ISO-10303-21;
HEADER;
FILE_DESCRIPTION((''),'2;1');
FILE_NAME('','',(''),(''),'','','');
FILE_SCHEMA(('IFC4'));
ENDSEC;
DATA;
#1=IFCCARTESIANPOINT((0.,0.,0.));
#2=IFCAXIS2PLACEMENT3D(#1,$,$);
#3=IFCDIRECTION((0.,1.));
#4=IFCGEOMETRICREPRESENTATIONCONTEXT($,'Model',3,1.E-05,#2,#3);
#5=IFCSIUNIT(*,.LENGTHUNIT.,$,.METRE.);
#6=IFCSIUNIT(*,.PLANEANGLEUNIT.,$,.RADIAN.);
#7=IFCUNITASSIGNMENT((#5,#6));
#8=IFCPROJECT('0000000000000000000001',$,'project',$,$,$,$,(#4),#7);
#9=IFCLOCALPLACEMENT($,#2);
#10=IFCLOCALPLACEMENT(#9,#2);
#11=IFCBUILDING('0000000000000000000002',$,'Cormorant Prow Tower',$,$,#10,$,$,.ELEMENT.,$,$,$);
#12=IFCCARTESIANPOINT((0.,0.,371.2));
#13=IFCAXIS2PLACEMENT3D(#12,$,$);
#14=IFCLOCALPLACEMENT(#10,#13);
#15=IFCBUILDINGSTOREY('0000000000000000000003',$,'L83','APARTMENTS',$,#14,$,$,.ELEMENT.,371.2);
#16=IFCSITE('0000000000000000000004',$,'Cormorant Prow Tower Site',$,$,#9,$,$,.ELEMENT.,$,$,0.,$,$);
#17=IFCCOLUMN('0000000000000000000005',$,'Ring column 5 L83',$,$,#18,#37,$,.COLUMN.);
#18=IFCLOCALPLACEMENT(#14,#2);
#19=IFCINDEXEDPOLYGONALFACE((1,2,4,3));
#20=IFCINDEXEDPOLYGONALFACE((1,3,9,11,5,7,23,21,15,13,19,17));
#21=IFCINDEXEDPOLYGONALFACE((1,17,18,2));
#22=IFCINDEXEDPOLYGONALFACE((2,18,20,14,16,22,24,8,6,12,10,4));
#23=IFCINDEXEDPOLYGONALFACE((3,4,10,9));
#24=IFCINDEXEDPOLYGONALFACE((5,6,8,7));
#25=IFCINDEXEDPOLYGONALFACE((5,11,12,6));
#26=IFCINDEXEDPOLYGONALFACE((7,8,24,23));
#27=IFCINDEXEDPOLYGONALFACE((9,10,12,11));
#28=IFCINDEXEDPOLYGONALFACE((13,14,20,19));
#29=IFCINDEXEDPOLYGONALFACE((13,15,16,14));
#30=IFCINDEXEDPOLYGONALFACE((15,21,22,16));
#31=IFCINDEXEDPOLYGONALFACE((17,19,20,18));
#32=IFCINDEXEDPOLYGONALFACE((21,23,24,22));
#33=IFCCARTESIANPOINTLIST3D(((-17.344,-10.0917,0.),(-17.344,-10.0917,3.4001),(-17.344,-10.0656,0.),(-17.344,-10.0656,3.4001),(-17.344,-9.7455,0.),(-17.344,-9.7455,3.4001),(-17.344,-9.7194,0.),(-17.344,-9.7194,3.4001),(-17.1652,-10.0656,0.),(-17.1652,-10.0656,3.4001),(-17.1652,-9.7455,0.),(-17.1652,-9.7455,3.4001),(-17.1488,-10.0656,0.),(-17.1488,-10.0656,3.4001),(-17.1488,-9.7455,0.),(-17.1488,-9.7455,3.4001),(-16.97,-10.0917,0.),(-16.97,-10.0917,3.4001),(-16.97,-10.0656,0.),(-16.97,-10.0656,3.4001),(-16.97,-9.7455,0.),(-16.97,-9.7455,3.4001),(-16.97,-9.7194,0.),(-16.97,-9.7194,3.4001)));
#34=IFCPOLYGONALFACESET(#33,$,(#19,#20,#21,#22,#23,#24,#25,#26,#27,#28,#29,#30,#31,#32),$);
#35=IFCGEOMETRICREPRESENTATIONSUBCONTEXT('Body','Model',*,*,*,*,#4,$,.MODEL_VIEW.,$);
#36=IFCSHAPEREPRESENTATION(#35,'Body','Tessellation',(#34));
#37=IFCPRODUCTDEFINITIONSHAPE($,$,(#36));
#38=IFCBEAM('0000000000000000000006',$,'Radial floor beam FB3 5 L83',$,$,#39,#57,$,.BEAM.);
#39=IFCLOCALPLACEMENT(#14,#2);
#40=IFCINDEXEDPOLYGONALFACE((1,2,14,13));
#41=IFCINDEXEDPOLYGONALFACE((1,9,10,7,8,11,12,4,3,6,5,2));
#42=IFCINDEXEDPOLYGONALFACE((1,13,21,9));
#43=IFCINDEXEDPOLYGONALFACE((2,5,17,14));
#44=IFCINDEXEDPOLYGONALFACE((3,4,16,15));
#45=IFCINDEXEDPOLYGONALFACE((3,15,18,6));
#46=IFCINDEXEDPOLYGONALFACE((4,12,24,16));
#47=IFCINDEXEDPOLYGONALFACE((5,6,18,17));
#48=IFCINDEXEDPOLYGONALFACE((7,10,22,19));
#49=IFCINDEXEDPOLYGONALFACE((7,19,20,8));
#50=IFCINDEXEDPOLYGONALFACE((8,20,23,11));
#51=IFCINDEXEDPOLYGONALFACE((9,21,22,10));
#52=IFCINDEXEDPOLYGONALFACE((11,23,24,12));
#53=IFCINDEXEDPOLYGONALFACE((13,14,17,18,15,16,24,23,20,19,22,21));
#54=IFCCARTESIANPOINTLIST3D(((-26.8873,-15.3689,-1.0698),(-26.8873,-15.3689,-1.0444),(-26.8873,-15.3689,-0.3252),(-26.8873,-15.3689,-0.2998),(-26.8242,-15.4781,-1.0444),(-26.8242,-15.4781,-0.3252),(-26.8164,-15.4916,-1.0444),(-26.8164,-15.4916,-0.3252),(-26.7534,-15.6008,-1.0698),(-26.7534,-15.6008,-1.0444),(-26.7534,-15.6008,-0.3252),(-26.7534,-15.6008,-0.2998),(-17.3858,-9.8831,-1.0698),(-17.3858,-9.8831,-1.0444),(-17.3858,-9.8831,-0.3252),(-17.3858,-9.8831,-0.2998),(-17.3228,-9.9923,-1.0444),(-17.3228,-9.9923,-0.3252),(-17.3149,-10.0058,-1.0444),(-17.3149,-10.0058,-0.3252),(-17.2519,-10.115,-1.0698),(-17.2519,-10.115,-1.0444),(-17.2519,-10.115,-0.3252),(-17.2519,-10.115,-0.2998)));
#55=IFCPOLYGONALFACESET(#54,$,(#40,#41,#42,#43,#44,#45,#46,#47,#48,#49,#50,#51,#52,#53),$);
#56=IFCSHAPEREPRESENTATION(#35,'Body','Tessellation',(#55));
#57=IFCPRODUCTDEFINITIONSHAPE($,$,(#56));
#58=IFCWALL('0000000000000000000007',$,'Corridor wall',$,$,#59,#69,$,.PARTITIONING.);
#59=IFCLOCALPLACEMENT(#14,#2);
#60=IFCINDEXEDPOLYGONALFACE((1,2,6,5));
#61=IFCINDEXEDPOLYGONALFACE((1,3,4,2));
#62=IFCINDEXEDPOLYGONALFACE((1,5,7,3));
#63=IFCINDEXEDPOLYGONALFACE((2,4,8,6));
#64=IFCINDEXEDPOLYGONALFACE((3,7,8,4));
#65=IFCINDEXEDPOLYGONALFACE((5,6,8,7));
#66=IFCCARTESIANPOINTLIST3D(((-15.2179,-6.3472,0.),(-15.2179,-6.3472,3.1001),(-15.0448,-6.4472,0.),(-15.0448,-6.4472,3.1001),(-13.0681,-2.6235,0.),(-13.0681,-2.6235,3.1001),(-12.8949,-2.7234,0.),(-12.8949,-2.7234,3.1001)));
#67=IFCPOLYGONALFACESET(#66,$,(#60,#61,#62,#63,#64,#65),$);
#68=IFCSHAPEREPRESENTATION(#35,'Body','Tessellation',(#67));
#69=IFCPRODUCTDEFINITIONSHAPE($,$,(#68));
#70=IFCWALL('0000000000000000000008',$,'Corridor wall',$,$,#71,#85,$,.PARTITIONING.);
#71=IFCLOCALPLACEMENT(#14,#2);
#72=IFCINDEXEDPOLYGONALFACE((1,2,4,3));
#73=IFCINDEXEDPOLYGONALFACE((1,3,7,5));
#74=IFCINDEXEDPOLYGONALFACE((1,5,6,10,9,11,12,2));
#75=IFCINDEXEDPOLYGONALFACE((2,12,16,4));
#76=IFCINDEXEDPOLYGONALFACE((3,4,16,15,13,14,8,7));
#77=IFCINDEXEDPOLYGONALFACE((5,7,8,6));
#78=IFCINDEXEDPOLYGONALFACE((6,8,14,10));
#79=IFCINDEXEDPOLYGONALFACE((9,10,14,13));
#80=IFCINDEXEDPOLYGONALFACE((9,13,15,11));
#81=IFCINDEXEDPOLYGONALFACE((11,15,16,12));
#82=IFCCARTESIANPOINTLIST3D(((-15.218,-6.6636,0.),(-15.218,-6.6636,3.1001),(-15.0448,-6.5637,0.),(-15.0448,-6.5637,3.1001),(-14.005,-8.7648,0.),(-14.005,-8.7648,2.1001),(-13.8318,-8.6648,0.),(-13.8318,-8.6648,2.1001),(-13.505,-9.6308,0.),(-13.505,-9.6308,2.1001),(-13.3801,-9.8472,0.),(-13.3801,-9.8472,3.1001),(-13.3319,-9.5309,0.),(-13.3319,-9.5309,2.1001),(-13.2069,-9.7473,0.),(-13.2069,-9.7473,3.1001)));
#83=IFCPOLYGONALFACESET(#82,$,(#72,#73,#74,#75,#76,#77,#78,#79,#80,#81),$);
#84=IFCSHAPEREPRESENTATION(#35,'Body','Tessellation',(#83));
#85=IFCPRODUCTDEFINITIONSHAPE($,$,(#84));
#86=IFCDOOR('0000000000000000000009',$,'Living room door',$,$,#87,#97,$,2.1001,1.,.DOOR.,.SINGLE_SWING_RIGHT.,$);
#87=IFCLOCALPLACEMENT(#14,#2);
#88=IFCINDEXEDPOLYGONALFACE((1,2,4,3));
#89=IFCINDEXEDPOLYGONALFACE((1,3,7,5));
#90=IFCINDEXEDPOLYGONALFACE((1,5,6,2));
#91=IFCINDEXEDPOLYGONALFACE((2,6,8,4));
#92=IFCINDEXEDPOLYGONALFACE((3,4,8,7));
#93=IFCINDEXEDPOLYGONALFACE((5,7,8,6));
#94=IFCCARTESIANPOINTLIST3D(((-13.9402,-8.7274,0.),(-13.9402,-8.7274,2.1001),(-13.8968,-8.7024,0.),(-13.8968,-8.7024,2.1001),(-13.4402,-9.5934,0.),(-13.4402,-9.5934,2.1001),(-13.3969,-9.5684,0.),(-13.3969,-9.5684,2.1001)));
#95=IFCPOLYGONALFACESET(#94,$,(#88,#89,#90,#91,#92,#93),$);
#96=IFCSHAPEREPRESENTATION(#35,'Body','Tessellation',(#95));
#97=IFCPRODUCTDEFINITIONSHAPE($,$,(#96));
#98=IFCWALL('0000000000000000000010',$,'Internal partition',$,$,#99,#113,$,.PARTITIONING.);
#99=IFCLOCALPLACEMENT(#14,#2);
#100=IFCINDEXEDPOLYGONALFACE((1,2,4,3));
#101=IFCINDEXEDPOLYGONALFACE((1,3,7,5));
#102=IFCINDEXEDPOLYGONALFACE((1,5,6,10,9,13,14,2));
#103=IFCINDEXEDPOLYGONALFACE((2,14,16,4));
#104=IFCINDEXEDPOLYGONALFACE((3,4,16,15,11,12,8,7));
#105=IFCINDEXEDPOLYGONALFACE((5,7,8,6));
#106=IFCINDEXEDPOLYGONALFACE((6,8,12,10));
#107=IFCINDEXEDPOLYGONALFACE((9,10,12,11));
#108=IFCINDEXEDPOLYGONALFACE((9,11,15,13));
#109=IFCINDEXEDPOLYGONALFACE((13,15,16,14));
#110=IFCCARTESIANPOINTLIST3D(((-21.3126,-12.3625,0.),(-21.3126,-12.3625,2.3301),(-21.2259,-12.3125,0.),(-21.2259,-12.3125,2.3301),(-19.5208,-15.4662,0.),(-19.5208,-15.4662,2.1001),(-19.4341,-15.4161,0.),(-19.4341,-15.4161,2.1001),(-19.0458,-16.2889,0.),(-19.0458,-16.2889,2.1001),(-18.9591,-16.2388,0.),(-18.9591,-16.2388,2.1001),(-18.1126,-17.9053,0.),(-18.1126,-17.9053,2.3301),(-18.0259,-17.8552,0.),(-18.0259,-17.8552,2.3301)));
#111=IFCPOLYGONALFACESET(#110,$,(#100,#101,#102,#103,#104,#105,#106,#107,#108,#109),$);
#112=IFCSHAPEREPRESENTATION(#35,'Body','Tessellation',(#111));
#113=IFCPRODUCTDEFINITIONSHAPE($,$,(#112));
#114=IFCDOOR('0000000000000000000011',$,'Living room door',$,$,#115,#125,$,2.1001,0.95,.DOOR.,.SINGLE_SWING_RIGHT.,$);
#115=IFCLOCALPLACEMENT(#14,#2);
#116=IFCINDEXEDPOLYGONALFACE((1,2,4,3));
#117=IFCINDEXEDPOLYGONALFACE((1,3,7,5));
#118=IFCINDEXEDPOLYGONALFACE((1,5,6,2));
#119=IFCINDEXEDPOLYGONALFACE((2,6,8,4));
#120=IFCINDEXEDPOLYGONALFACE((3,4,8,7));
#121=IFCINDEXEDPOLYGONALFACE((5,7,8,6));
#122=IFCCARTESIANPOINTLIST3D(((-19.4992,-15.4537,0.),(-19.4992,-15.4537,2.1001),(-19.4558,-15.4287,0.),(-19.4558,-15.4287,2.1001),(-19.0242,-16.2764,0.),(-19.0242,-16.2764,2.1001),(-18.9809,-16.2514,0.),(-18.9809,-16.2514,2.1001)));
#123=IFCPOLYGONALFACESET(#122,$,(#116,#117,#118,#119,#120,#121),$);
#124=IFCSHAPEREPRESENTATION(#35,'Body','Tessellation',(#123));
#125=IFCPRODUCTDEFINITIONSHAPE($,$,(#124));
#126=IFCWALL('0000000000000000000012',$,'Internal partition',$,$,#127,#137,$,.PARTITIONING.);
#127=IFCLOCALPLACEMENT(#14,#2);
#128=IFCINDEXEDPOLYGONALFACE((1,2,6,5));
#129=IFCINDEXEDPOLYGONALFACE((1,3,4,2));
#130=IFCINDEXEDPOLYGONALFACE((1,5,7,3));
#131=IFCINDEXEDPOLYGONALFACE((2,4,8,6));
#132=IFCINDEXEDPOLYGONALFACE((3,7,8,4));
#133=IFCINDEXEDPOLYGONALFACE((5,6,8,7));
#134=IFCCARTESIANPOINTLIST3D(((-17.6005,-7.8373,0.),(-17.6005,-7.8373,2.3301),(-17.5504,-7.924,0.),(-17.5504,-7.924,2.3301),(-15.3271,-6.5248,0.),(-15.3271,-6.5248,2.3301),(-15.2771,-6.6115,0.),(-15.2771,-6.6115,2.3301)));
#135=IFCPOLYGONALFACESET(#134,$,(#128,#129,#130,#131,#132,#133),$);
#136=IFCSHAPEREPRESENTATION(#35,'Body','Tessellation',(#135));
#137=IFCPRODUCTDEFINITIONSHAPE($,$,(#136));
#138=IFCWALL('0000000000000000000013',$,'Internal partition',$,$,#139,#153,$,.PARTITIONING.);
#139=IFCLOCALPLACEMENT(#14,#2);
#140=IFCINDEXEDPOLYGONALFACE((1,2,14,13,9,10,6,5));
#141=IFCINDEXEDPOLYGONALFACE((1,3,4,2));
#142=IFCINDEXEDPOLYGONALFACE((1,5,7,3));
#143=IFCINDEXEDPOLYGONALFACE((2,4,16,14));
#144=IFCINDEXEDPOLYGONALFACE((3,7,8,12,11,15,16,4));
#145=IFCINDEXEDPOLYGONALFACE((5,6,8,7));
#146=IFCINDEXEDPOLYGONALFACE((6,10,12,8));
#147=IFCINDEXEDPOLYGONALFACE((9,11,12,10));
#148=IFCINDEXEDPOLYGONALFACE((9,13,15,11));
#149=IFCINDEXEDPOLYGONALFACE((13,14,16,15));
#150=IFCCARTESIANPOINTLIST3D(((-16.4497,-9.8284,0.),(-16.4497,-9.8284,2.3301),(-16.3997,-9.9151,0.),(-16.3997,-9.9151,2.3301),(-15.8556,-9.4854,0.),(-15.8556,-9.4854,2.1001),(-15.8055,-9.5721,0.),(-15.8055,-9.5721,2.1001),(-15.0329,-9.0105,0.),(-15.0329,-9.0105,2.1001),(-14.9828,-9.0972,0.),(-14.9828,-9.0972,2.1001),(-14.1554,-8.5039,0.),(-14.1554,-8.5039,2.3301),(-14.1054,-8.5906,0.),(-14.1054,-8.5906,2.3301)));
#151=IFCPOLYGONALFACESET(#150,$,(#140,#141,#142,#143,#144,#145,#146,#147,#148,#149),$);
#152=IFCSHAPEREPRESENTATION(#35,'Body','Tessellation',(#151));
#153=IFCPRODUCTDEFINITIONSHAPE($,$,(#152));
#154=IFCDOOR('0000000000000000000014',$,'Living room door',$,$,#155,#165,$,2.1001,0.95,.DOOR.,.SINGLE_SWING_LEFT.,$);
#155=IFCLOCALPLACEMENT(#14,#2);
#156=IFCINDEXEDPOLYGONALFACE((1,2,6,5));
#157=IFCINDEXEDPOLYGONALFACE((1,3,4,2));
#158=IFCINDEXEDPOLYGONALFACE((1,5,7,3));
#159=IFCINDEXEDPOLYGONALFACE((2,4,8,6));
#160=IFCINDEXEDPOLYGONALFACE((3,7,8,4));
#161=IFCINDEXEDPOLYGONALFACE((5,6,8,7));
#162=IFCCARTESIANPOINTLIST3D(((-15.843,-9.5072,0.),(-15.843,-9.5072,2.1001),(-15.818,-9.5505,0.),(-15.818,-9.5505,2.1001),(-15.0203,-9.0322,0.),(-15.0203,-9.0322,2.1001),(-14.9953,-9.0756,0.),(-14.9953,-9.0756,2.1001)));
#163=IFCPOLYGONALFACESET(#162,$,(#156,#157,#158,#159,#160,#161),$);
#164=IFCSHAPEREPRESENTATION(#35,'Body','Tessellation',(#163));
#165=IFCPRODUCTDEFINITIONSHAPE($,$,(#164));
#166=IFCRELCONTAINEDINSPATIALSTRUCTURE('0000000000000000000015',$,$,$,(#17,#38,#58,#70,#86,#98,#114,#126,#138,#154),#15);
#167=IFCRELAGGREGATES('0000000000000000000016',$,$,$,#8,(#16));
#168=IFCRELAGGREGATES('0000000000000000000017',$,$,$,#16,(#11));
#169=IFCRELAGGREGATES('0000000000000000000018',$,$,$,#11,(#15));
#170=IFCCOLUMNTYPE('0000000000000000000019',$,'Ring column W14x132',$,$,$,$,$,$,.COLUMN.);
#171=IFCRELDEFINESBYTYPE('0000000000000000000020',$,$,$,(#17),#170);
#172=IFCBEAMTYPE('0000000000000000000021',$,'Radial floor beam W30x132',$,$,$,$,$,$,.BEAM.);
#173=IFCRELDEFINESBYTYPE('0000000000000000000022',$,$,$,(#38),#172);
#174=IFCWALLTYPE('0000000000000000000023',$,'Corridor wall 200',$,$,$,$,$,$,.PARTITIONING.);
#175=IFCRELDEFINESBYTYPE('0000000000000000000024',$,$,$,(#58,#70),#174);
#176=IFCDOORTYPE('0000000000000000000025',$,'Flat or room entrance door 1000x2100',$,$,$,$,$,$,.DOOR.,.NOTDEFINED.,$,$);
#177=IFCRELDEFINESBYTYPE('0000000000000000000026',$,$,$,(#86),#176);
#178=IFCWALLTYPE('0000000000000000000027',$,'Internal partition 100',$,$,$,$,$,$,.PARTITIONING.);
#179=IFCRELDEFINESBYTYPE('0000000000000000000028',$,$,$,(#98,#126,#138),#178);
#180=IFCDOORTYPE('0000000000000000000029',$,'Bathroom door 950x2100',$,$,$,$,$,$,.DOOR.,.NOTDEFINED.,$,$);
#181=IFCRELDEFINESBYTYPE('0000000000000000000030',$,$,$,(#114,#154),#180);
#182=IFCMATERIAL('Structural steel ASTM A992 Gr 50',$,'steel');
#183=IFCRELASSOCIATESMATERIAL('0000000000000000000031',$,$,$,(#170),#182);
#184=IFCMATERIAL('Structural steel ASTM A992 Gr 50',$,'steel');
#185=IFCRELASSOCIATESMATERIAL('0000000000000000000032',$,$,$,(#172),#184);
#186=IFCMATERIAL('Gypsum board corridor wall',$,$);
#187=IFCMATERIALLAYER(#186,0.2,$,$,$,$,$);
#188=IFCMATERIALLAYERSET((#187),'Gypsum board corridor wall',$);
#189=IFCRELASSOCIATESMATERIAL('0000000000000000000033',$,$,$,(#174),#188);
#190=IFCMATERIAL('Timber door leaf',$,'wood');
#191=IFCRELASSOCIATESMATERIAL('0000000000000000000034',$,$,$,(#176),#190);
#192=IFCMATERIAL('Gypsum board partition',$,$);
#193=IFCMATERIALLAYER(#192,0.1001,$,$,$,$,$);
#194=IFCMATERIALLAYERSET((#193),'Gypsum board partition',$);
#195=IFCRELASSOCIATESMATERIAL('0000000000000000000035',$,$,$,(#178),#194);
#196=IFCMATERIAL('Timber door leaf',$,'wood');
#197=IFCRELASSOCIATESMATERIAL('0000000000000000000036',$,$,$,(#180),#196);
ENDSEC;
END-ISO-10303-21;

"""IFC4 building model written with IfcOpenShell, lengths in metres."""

from ifc_helpers import new_model, si_unit, direction, frame, frame_2d, origin, origin_2d, place, context, subcontext, project, spatial, rectangle, i_section, extrude, material, layer, layer_set, material_profile, profile_set, type_object, element, fill, save


model = new_model("IFC4")

# Units and contexts
model_context = context("Model", 3, precision=1e-05, world=origin(), true_north=direction((0.0, 1.0)))
body_context = subcontext(model_context, "Body", "Model", "MODEL_VIEW")
ifc_project = project(units=[si_unit("LENGTHUNIT", "METRE"), si_unit("PLANEANGLEUNIT", "RADIAN")], contexts=[model_context])

# Site, building, storey
site_placement = place(None, origin())
site = spatial("IfcSite", under=ifc_project, at=site_placement, Name="Cormorant Prow Tower Site", CompositionType="ELEMENT", RefElevation=0.0)
building_placement = place(site_placement, origin())
building = spatial("IfcBuilding", under=site, at=building_placement, Name="Cormorant Prow Tower", CompositionType="ELEMENT")
storey_placement = place(building_placement, frame((0.0, 0.0, 371.2)))
storey = spatial("IfcBuildingStorey", under=building, at=storey_placement, Name="L83", Description="APARTMENTS", CompositionType="ELEMENT", Elevation=371.2)

# Column
ifc_material_1 = material(Name="Structural steel ASTM A992 Gr 50", Category="steel")
ifc_material_profile_1 = material_profile(ifc_material_1, i_section(OverallWidth=0.374, OverallDepth=0.3723, WebThickness=0.0164, FlangeThickness=0.0261, at=origin_2d()), Name="W14x132")
ifc_profile_set_1 = profile_set([ifc_material_profile_1], Name="Structural steel ASTM A992 Gr 50")
column_type = type_object("IfcColumnType", Name="Ring column W14x132", PredefinedType="COLUMN", material=ifc_profile_set_1)
column_placement = place(storey_placement, frame((-17.157, -9.9055, 0.0), z_axis=(0.0, 0.0, 1.0), x_axis=(1.0, 0.0, 0.0)))
element("IfcColumn", 1, at=column_placement, inside=storey, type_object=column_type, Name="Ring column 5 L83", PredefinedType="COLUMN", context=body_context, shape_type="SweptSolid", body=[
    extrude(i_section(OverallWidth=0.374, OverallDepth=0.3723, WebThickness=0.0164, FlangeThickness=0.0261, at=origin_2d()), origin(), (0.0, 0.0, 1.0), 3.4001),
])

# Beam
ifc_material_2 = material(Name="Structural steel ASTM A992 Gr 50", Category="steel")
ifc_material_profile_2 = material_profile(ifc_material_2, i_section(OverallWidth=0.2678, OverallDepth=0.77, WebThickness=0.0156, FlangeThickness=0.0254, at=origin_2d()), Name="W30x132")
ifc_profile_set_2 = profile_set([ifc_material_profile_2], Name="Structural steel ASTM A992 Gr 50")
beam_type = type_object("IfcBeamType", Name="Radial floor beam W30x132", PredefinedType="BEAM", material=ifc_profile_set_2)
beam_placement = place(storey_placement, frame((-17.3188, -9.999, -0.6848), z_axis=(-0.866019, -0.500011, 0.0), x_axis=(0.500011, -0.866019, 0.0)))
element("IfcBeam", 2, at=beam_placement, inside=storey, type_object=beam_type, Name="Radial floor beam FB3 5 L83", PredefinedType="BEAM", context=body_context, shape_type="SweptSolid", body=[
    extrude(i_section(OverallWidth=0.2678, OverallDepth=0.77, WebThickness=0.0156, FlangeThickness=0.0254, at=origin_2d()), origin(), (0.0, 0.0, 1.0), 10.9714),
])

# Wall
ifc_material_3 = material(Name="Gypsum board corridor wall")
ifc_layer_1 = layer(ifc_material_3, 0.2)
ifc_layer_set_1 = layer_set([ifc_layer_1], Name="Gypsum board corridor wall")
wall_type_1 = type_object("IfcWallType", Name="Corridor wall 200", PredefinedType="PARTITIONING", material=ifc_layer_set_1)
wall_1_placement = place(storey_placement, frame((-15.1313, -6.3972, 0.0), z_axis=(0.0, 0.0, 1.0), x_axis=(0.499986, 0.866033, 0.0)))
element("IfcWall", 3, at=wall_1_placement, inside=storey, type_object=wall_type_1, Name="Corridor wall", PredefinedType="PARTITIONING", context=body_context, shape_type="SweptSolid", body=[
    extrude(rectangle(XDim=4.2998, YDim=0.2, at=frame_2d((2.1499, 0.0))), origin(), (0.0, 0.0, 1.0), 3.1001),
])

# Walls, openings, doors
wall_2_placement = place(storey_placement, frame((-15.1313, -6.6138, 0.0), z_axis=(0.0, 0.0, 1.0), x_axis=(0.499968, -0.866044, 0.0)))
wall_2 = element("IfcWall", 4, at=wall_2_placement, inside=storey, type_object=wall_type_1, Name="Corridor wall", PredefinedType="PARTITIONING", context=body_context, shape_type="SweptSolid", body=[
    extrude(rectangle(XDim=3.676, YDim=0.2, at=frame_2d((1.8379, 0.0))), origin(), (0.0, 0.0, 1.0), 3.1001),
])
opening_1_placement = place(wall_2_placement, frame((2.426, 0.0, 0.0)))
opening_1 = element("IfcOpeningElement", 5, at=opening_1_placement, cuts=wall_2, PredefinedType="OPENING", context=body_context, shape_type="SweptSolid", body=[
    extrude(rectangle(XDim=1.0, YDim=2.1001, at=frame_2d((0.5, 1.05))), frame((0.0, 0.1099, 0.0), z_axis=(0.0, -1.0, 0.0), x_axis=(1.0, 0.0, 0.0)), (0.0, 0.0, 1.0), 0.22),
])
ifc_material_4 = material(Name="Timber door leaf", Category="wood")
door_type_1 = type_object("IfcDoorType", Name="Flat or room entrance door 1000x2100", OperationType="NOTDEFINED", PredefinedType="DOOR", material=ifc_material_4)
door_1_placement = place(opening_1_placement, origin())
door_1 = element("IfcDoor", 6, at=door_1_placement, inside=storey, type_object=door_type_1, Name="Living room door", OperationType="SINGLE_SWING_RIGHT", OverallHeight=2.1001, OverallWidth=1.0, PredefinedType="DOOR", context=body_context, shape_type="SweptSolid", body=[
    extrude(rectangle(XDim=1.0, YDim=2.1001, at=frame_2d((0.5, 1.05))), frame((0.0, 0.0249, 0.0), z_axis=(0.0, -1.0, 0.0), x_axis=(1.0, 0.0, 0.0)), (0.0, 0.0, 1.0), 0.05),
])
fill(opening_1, door_1)
ifc_material_5 = material(Name="Gypsum board partition")
ifc_layer_2 = layer(ifc_material_5, 0.1001)
ifc_layer_set_2 = layer_set([ifc_layer_2], Name="Gypsum board partition")
wall_type_2 = type_object("IfcWallType", Name="Internal partition 100", PredefinedType="PARTITIONING", material=ifc_layer_set_2)
wall_3_placement = place(storey_placement, frame((-21.2693, -12.3374, 0.0), z_axis=(0.0, 0.0, 1.0), x_axis=(0.499983, -0.866035, 0.0)))
wall_3 = element("IfcWall", 7, at=wall_3_placement, inside=storey, type_object=wall_type_2, Name="Internal partition", PredefinedType="PARTITIONING", context=body_context, shape_type="SweptSolid", body=[
    extrude(rectangle(XDim=6.4001, YDim=0.1001, at=frame_2d((3.2002, 0.0))), origin(), (0.0, 0.0, 1.0), 2.3301),
])
opening_2_placement = place(wall_3_placement, frame((3.5837, 0.0, 0.0)))
opening_2 = element("IfcOpeningElement", 8, at=opening_2_placement, cuts=wall_3, PredefinedType="OPENING", context=body_context, shape_type="SweptSolid", body=[
    extrude(rectangle(XDim=0.95, YDim=2.1001, at=frame_2d((0.4751, 1.05))), frame((0.0, 0.0601, 0.0), z_axis=(0.0, -1.0, 0.0), x_axis=(1.0, 0.0, 0.0)), (0.0, 0.0, 1.0), 0.1201),
])
ifc_material_6 = material(Name="Timber door leaf", Category="wood")
door_type_2 = type_object("IfcDoorType", Name="Bathroom door 950x2100", OperationType="NOTDEFINED", PredefinedType="DOOR", material=ifc_material_6)
door_2_placement = place(opening_2_placement, origin())
door_2 = element("IfcDoor", 9, at=door_2_placement, inside=storey, type_object=door_type_2, Name="Living room door", OperationType="SINGLE_SWING_RIGHT", OverallHeight=2.1001, OverallWidth=0.95, PredefinedType="DOOR", context=body_context, shape_type="SweptSolid", body=[
    extrude(rectangle(XDim=0.95, YDim=2.1001, at=frame_2d((0.4751, 1.05))), frame((0.0, 0.0249, 0.0), z_axis=(0.0, -1.0, 0.0), x_axis=(1.0, 0.0, 0.0)), (0.0, 0.0, 1.0), 0.05),
])
fill(opening_2, door_2)

# Wall
wall_4_placement = place(storey_placement, frame((-17.5754, -7.8806, 0.0), z_axis=(0.0, 0.0, 1.0), x_axis=(0.866037, 0.49998, 0.0)))
element("IfcWall", 10, at=wall_4_placement, inside=storey, type_object=wall_type_2, Name="Internal partition", PredefinedType="PARTITIONING", context=body_context, shape_type="SweptSolid", body=[
    extrude(rectangle(XDim=2.625, YDim=0.1001, at=frame_2d((1.3125, 0.0))), origin(), (0.0, 0.0, 1.0), 2.3301),
])

# Wall, opening, door
wall_5_placement = place(storey_placement, frame((-16.4248, -9.8718, 0.0), z_axis=(0.0, 0.0, 1.0), x_axis=(0.86604, 0.499975, 0.0)))
wall_5 = element("IfcWall", 11, at=wall_5_placement, inside=storey, type_object=wall_type_2, Name="Internal partition", PredefinedType="PARTITIONING", context=body_context, shape_type="SweptSolid", body=[
    extrude(rectangle(XDim=2.6492, YDim=0.1001, at=frame_2d((1.3247, 0.0))), origin(), (0.0, 0.0, 1.0), 2.3301),
])
opening_3_placement = place(wall_5_placement, frame((0.686, 0.0, 0.0)))
opening_3 = element("IfcOpeningElement", 12, at=opening_3_placement, cuts=wall_5, PredefinedType="OPENING", context=body_context, shape_type="SweptSolid", body=[
    extrude(rectangle(XDim=0.95, YDim=2.1001, at=frame_2d((0.4751, 1.05))), frame((0.0, 0.0601, 0.0), z_axis=(0.0, -1.0, 0.0), x_axis=(1.0, 0.0, 0.0)), (0.0, 0.0, 1.0), 0.1201),
])
door_3_placement = place(opening_3_placement, origin())
door_3 = element("IfcDoor", 13, at=door_3_placement, inside=storey, type_object=door_type_2, Name="Living room door", OperationType="SINGLE_SWING_LEFT", OverallHeight=2.1001, OverallWidth=0.95, PredefinedType="DOOR", context=body_context, shape_type="SweptSolid", body=[
    extrude(rectangle(XDim=0.95, YDim=2.1001, at=frame_2d((0.4751, 1.05))), frame((0.0, 0.0249, 0.0), z_axis=(0.0, -1.0, 0.0), x_axis=(1.0, 0.0, 0.0)), (0.0, 0.0, 1.0), 0.05),
])
fill(opening_3, door_3)

save(model, "model.ifc")
